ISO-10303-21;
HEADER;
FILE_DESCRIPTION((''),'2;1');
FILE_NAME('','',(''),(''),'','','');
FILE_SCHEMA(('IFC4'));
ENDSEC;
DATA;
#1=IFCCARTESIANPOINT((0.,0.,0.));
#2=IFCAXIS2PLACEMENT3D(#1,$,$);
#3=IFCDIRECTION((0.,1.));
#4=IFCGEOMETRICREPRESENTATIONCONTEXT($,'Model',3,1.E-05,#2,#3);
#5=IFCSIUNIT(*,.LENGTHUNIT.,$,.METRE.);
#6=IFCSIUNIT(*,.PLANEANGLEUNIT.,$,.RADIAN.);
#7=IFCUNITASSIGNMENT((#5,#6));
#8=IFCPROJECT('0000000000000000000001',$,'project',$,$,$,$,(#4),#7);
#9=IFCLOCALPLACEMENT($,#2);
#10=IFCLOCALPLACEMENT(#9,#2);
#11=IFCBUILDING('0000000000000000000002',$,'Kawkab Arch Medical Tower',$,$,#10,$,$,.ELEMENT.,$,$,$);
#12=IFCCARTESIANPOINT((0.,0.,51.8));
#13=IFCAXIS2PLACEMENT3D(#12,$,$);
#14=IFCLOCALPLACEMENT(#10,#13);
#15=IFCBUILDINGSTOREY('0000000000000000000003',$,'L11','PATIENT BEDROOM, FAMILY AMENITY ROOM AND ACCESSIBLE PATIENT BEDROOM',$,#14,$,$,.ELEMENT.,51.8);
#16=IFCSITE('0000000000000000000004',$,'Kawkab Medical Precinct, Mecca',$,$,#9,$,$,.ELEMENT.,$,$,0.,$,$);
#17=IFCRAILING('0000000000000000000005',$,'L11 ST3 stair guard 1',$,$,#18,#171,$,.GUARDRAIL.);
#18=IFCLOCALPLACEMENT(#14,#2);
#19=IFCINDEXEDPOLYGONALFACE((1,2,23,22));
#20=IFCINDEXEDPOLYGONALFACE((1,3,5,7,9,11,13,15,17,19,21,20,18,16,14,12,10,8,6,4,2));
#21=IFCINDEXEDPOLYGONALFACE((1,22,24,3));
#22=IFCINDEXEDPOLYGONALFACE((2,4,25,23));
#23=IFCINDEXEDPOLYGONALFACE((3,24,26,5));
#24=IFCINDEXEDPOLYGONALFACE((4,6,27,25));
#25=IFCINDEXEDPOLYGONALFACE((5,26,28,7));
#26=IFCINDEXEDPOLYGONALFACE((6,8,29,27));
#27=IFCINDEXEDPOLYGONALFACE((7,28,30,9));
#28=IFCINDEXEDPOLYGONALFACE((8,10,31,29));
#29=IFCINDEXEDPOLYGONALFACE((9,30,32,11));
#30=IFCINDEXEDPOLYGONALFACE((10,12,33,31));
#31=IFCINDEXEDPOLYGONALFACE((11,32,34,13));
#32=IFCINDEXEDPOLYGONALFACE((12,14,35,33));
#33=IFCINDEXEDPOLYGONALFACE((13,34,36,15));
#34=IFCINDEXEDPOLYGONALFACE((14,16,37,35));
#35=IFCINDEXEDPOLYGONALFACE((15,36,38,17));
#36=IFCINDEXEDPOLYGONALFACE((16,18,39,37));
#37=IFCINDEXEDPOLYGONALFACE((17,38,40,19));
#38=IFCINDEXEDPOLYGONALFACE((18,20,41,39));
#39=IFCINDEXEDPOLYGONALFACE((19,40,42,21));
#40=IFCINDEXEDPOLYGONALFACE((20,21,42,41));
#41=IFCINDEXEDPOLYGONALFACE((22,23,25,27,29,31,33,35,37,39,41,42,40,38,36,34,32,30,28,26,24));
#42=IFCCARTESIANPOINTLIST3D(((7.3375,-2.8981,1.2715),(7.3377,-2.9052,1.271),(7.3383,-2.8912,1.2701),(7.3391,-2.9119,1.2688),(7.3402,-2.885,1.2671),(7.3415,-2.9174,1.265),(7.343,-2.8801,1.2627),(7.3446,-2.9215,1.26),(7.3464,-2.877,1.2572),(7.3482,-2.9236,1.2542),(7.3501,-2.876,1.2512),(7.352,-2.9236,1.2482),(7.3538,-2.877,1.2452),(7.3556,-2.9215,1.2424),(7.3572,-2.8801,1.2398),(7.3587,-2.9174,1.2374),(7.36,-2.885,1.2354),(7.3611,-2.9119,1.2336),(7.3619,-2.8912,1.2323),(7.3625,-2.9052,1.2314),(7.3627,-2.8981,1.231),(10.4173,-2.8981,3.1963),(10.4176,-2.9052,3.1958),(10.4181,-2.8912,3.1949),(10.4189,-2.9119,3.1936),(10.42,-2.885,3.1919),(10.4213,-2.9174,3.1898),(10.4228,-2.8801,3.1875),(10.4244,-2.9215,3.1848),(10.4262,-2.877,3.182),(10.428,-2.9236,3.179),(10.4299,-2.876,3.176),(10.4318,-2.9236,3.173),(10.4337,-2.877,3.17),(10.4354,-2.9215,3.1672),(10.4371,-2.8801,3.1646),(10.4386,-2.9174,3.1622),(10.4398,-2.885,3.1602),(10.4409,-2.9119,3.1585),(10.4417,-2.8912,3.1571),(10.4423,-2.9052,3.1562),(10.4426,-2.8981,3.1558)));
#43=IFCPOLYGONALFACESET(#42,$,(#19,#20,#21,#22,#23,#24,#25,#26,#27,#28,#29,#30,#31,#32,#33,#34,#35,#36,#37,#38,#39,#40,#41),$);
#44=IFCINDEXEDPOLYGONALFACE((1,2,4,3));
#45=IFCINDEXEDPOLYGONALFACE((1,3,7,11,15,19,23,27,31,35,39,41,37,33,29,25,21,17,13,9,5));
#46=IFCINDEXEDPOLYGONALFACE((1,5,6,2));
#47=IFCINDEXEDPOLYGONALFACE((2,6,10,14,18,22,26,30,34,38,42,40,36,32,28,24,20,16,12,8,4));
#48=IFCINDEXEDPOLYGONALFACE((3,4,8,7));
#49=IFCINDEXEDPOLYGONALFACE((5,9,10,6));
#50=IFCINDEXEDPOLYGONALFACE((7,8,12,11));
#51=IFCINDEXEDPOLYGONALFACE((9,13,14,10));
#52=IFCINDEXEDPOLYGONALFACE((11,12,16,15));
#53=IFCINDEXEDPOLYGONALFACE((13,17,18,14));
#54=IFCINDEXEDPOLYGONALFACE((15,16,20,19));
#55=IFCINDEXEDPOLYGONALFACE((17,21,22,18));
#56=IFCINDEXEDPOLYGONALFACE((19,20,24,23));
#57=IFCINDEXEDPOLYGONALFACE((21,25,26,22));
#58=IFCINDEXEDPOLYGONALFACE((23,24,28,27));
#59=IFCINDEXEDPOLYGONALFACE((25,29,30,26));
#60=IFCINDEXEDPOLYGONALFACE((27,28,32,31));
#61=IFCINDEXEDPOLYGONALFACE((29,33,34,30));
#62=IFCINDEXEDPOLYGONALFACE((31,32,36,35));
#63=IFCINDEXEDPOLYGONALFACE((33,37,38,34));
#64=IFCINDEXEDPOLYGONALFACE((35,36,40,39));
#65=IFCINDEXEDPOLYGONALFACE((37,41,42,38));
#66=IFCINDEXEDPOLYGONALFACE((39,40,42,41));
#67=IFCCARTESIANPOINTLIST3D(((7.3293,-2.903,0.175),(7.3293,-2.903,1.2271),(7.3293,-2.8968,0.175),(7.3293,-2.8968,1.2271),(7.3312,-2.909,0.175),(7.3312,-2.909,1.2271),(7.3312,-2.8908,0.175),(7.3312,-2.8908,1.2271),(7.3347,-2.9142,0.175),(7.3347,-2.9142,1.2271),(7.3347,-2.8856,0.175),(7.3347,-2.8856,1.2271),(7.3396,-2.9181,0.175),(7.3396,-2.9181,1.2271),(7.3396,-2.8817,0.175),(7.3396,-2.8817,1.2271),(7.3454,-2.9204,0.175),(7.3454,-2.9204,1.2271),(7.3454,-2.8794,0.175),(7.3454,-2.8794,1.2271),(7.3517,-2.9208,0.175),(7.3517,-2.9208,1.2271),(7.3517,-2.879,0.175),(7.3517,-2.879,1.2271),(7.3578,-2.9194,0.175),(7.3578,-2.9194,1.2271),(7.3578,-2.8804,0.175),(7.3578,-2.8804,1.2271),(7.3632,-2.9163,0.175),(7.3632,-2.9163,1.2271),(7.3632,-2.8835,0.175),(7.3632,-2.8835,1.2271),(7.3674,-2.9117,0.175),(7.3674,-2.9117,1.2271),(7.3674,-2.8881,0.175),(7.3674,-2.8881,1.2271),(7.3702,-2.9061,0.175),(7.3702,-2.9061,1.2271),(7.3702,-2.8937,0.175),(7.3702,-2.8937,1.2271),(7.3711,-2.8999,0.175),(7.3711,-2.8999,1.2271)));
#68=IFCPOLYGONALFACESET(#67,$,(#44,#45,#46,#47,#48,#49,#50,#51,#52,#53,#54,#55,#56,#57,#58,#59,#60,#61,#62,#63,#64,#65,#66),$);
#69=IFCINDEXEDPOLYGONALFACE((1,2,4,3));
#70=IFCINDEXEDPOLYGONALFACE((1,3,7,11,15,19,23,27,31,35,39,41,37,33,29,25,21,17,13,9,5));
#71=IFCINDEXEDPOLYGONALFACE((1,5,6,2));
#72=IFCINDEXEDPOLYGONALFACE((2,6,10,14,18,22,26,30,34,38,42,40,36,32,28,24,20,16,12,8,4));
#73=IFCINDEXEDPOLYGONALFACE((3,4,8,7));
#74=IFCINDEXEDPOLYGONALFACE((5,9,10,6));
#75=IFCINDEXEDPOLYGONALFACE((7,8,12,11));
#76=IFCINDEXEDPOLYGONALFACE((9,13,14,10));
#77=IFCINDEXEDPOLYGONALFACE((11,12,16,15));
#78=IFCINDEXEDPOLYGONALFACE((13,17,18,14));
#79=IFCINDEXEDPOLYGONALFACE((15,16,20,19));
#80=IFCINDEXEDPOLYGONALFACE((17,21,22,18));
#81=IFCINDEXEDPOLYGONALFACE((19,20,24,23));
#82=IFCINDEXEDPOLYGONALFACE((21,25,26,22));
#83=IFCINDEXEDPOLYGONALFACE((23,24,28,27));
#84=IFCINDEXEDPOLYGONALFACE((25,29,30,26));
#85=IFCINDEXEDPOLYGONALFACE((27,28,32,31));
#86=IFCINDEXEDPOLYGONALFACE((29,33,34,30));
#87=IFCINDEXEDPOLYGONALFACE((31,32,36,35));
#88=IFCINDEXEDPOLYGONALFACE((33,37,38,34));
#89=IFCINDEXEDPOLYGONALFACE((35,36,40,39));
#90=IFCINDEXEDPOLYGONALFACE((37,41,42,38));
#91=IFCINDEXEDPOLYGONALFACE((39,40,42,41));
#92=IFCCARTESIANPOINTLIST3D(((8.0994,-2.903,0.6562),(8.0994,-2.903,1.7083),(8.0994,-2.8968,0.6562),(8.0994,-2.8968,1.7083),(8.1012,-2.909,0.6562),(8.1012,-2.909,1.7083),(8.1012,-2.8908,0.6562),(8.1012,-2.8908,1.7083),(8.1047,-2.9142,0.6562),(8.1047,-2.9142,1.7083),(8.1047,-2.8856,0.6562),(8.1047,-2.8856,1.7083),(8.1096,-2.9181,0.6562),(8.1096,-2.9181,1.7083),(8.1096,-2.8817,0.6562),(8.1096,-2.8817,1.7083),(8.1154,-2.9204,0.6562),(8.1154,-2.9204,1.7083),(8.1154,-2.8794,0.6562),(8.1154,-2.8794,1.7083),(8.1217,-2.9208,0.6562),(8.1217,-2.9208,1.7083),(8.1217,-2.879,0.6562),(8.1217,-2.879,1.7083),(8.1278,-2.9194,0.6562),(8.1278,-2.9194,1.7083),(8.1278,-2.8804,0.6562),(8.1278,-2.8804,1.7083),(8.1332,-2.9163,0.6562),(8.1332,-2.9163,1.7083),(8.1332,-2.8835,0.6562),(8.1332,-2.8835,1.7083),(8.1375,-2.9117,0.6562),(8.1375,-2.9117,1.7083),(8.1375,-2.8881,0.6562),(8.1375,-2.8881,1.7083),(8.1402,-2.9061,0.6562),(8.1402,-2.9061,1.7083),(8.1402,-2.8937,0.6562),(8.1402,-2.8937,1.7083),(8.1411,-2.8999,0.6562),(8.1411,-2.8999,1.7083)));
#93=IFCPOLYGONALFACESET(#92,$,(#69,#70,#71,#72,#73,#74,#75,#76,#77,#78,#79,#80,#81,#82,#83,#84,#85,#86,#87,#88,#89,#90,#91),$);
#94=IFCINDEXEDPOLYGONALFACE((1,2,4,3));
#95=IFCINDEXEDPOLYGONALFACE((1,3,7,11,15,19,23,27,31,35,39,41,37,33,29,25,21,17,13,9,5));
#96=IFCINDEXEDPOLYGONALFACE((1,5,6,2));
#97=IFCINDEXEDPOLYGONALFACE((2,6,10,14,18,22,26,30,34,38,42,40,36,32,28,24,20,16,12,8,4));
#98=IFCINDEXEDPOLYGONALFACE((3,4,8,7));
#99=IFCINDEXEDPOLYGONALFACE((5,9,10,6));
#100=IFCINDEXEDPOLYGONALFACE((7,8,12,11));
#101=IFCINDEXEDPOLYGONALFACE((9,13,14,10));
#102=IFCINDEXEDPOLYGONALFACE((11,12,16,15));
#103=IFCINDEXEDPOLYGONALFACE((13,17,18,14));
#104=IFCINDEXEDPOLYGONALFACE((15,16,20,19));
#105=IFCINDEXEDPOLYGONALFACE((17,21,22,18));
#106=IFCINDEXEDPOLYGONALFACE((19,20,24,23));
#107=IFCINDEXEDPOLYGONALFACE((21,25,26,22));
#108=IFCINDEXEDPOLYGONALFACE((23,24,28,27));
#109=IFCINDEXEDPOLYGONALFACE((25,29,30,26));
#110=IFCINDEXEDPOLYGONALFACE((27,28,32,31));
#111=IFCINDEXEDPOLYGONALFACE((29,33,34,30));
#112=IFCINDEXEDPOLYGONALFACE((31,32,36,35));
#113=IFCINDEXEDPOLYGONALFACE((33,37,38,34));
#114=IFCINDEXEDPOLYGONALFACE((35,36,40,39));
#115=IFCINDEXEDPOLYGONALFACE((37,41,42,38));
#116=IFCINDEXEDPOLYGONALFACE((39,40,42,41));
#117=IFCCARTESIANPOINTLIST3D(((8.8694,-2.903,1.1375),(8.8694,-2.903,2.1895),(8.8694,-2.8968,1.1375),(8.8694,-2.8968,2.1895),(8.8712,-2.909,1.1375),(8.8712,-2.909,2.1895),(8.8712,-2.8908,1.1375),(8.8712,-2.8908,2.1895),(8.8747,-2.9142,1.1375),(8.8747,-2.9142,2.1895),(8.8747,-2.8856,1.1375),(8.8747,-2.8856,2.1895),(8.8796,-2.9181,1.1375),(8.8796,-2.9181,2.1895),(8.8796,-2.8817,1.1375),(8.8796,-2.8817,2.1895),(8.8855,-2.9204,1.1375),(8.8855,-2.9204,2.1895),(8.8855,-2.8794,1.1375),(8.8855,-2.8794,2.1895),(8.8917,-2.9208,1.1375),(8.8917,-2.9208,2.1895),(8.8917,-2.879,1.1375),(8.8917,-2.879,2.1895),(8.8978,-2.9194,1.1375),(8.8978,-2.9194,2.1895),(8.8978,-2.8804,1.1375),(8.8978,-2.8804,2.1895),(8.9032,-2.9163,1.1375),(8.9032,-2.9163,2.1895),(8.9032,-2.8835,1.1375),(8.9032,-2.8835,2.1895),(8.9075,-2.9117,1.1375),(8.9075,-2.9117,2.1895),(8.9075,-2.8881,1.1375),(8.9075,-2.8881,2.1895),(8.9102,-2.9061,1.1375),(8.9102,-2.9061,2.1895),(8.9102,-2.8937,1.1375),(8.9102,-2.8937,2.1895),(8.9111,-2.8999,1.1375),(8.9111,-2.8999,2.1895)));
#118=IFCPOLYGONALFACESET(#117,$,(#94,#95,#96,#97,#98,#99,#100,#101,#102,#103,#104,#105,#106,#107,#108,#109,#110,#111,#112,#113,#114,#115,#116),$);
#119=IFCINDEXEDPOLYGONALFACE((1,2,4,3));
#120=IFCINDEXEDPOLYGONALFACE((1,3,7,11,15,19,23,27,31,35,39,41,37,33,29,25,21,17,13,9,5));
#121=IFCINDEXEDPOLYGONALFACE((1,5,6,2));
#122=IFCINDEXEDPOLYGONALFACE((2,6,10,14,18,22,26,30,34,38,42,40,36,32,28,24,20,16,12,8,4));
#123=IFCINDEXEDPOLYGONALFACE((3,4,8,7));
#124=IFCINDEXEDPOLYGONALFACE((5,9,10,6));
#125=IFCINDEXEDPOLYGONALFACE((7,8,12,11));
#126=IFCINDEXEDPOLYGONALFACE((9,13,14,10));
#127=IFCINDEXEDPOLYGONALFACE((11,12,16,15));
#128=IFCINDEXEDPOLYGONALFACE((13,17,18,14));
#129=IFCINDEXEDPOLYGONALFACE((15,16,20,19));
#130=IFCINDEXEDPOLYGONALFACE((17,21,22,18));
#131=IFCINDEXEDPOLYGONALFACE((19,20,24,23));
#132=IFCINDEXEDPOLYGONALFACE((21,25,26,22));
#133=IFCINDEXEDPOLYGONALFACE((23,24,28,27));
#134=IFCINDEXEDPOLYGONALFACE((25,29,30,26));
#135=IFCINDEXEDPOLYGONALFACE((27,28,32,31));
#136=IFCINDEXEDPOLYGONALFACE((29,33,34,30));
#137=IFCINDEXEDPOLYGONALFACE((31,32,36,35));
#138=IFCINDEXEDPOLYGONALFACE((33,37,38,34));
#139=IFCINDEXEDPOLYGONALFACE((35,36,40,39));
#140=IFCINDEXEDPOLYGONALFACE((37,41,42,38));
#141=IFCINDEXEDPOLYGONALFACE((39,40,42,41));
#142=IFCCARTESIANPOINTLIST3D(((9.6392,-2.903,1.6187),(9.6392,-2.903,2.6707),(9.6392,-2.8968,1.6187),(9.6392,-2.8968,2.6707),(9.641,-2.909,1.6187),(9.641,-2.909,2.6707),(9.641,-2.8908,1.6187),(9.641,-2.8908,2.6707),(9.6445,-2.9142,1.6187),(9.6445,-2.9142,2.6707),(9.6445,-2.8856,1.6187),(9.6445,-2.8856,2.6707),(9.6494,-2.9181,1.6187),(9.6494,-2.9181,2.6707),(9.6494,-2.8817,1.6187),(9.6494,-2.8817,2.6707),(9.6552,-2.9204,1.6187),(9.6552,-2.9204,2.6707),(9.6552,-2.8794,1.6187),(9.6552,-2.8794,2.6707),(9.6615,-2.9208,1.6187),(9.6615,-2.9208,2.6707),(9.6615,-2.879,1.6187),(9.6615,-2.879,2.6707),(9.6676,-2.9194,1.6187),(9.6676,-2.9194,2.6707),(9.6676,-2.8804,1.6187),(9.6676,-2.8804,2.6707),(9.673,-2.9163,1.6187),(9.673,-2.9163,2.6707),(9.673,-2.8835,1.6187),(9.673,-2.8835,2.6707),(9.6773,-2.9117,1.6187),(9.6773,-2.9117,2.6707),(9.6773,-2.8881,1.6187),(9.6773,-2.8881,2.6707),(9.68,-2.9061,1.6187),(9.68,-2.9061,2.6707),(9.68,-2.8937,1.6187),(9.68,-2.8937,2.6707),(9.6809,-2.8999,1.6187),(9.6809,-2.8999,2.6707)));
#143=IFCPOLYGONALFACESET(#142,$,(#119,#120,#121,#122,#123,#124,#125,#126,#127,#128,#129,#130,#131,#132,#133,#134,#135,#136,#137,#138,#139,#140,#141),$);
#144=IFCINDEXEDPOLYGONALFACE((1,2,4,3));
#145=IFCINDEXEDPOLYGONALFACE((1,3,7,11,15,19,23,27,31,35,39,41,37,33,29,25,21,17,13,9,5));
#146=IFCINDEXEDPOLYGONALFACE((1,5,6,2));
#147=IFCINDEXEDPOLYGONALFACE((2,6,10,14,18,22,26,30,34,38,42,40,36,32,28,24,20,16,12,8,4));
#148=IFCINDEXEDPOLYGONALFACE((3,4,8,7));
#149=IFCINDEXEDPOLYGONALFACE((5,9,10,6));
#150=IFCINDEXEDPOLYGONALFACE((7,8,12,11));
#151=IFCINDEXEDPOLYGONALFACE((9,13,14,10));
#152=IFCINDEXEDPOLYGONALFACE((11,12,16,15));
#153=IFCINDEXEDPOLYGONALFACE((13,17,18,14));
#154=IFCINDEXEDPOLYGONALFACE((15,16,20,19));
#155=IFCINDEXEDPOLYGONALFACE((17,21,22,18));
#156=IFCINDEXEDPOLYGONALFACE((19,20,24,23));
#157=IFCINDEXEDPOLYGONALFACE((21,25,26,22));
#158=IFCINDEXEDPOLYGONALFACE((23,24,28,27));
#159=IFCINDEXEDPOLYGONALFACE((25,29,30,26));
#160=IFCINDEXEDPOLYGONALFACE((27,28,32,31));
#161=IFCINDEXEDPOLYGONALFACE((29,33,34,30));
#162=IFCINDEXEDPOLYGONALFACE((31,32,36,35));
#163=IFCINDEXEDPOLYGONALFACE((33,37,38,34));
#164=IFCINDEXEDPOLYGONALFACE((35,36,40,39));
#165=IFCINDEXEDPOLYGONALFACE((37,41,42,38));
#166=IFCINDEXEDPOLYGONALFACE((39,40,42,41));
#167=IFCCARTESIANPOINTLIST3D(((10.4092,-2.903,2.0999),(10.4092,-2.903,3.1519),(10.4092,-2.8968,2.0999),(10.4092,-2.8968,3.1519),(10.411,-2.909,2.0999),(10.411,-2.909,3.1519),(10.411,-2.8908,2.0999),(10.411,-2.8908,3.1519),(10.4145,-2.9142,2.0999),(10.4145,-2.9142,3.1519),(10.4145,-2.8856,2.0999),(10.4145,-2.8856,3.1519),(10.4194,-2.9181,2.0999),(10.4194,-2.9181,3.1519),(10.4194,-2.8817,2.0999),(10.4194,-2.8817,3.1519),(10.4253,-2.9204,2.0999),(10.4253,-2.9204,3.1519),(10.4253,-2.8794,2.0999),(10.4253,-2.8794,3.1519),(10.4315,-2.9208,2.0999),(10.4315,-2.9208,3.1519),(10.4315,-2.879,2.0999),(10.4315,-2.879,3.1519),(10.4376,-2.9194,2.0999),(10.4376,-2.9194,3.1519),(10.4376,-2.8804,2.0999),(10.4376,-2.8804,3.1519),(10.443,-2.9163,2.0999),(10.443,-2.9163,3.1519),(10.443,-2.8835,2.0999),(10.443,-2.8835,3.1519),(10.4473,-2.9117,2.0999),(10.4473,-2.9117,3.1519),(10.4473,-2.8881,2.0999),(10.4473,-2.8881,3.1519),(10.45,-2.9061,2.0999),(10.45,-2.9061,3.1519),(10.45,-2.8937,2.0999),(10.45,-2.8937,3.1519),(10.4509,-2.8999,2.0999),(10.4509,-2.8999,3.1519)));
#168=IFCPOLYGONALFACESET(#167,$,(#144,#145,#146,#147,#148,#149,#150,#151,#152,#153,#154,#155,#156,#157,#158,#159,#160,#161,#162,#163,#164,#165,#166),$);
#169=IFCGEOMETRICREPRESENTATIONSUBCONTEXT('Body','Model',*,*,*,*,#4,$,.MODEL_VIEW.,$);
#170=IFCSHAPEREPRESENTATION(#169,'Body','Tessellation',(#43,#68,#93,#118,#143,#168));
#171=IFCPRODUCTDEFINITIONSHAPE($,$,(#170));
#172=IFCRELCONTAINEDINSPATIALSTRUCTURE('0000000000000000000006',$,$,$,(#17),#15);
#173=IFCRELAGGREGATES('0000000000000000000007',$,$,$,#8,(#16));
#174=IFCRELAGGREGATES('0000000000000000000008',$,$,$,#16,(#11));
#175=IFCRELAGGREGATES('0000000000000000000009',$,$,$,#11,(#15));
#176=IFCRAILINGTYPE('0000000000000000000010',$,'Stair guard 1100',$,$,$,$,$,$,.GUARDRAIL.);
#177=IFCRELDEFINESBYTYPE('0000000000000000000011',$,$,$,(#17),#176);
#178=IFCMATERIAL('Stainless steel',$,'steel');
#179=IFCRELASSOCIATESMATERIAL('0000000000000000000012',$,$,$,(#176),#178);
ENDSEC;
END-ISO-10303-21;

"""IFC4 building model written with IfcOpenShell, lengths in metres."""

from ifc_helpers import new_model, si_unit, direction, frame, origin, origin_2d, place, context, subcontext, project, spatial, circle, extrude, material, type_object, element, save


model = new_model("IFC4")

# Units and contexts
model_context = context("Model", 3, precision=1e-05, world=origin(), true_north=direction((0.0, 1.0)))
body_context = subcontext(model_context, "Body", "Model", "MODEL_VIEW")
ifc_project = project(units=[si_unit("LENGTHUNIT", "METRE"), si_unit("PLANEANGLEUNIT", "RADIAN")], contexts=[model_context])

# Site, building, storey
site_placement = place(None, origin())
site = spatial("IfcSite", under=ifc_project, at=site_placement, Name="Kawkab Medical Precinct, Mecca", CompositionType="ELEMENT", RefElevation=0.0)
building_placement = place(site_placement, origin())
building = spatial("IfcBuilding", under=site, at=building_placement, Name="Kawkab Arch Medical Tower", CompositionType="ELEMENT")
storey_placement = place(building_placement, frame((0.0, 0.0, 51.8)))
storey = spatial("IfcBuildingStorey", under=building, at=storey_placement, Name="L11", Description="PATIENT BEDROOM, FAMILY AMENITY ROOM AND ACCESSIBLE PATIENT BEDROOM", CompositionType="ELEMENT", Elevation=51.8)

# Railing
ifc_material_1 = material(Name="Stainless steel", Category="steel")
railing_type = type_object("IfcRailingType", Name="Stair guard 1100", PredefinedType="GUARDRAIL", material=ifc_material_1)
railing_1_placement = place(storey_placement, frame((7.3501, -2.8999, 0.175)))
element("IfcRailing", 1, at=railing_1_placement, inside=storey, type_object=railing_type, Name="L11 ST3 stair guard 1", PredefinedType="GUARDRAIL", context=body_context, shape_type="SweptSolid", body=[
    extrude(circle(Radius=0.0239, at=origin_2d()), frame((0.0, 0.0, 1.0762), z_axis=(0.84801, 0.0, 0.529981), x_axis=(0.0, 1.0, 0.0)), (0.0, 0.0, 1.0), 3.6318),
    extrude(circle(Radius=0.021, at=origin_2d()), origin(), (0.0, 0.0, 1.0), 1.052),
    extrude(circle(Radius=0.021, at=origin_2d()), frame((0.77, 0.0, 0.4812)), (0.0, 0.0, 1.0), 1.052),
    extrude(circle(Radius=0.021, at=origin_2d()), frame((1.54, 0.0, 0.9624)), (0.0, 0.0, 1.0), 1.052),
    extrude(circle(Radius=0.021, at=origin_2d()), frame((2.3098, 0.0, 1.4436)), (0.0, 0.0, 1.0), 1.052),
    extrude(circle(Radius=0.021, at=origin_2d()), frame((3.0798, 0.0, 1.9248)), (0.0, 0.0, 1.0), 1.052),
])

save(model, "model.ifc")
